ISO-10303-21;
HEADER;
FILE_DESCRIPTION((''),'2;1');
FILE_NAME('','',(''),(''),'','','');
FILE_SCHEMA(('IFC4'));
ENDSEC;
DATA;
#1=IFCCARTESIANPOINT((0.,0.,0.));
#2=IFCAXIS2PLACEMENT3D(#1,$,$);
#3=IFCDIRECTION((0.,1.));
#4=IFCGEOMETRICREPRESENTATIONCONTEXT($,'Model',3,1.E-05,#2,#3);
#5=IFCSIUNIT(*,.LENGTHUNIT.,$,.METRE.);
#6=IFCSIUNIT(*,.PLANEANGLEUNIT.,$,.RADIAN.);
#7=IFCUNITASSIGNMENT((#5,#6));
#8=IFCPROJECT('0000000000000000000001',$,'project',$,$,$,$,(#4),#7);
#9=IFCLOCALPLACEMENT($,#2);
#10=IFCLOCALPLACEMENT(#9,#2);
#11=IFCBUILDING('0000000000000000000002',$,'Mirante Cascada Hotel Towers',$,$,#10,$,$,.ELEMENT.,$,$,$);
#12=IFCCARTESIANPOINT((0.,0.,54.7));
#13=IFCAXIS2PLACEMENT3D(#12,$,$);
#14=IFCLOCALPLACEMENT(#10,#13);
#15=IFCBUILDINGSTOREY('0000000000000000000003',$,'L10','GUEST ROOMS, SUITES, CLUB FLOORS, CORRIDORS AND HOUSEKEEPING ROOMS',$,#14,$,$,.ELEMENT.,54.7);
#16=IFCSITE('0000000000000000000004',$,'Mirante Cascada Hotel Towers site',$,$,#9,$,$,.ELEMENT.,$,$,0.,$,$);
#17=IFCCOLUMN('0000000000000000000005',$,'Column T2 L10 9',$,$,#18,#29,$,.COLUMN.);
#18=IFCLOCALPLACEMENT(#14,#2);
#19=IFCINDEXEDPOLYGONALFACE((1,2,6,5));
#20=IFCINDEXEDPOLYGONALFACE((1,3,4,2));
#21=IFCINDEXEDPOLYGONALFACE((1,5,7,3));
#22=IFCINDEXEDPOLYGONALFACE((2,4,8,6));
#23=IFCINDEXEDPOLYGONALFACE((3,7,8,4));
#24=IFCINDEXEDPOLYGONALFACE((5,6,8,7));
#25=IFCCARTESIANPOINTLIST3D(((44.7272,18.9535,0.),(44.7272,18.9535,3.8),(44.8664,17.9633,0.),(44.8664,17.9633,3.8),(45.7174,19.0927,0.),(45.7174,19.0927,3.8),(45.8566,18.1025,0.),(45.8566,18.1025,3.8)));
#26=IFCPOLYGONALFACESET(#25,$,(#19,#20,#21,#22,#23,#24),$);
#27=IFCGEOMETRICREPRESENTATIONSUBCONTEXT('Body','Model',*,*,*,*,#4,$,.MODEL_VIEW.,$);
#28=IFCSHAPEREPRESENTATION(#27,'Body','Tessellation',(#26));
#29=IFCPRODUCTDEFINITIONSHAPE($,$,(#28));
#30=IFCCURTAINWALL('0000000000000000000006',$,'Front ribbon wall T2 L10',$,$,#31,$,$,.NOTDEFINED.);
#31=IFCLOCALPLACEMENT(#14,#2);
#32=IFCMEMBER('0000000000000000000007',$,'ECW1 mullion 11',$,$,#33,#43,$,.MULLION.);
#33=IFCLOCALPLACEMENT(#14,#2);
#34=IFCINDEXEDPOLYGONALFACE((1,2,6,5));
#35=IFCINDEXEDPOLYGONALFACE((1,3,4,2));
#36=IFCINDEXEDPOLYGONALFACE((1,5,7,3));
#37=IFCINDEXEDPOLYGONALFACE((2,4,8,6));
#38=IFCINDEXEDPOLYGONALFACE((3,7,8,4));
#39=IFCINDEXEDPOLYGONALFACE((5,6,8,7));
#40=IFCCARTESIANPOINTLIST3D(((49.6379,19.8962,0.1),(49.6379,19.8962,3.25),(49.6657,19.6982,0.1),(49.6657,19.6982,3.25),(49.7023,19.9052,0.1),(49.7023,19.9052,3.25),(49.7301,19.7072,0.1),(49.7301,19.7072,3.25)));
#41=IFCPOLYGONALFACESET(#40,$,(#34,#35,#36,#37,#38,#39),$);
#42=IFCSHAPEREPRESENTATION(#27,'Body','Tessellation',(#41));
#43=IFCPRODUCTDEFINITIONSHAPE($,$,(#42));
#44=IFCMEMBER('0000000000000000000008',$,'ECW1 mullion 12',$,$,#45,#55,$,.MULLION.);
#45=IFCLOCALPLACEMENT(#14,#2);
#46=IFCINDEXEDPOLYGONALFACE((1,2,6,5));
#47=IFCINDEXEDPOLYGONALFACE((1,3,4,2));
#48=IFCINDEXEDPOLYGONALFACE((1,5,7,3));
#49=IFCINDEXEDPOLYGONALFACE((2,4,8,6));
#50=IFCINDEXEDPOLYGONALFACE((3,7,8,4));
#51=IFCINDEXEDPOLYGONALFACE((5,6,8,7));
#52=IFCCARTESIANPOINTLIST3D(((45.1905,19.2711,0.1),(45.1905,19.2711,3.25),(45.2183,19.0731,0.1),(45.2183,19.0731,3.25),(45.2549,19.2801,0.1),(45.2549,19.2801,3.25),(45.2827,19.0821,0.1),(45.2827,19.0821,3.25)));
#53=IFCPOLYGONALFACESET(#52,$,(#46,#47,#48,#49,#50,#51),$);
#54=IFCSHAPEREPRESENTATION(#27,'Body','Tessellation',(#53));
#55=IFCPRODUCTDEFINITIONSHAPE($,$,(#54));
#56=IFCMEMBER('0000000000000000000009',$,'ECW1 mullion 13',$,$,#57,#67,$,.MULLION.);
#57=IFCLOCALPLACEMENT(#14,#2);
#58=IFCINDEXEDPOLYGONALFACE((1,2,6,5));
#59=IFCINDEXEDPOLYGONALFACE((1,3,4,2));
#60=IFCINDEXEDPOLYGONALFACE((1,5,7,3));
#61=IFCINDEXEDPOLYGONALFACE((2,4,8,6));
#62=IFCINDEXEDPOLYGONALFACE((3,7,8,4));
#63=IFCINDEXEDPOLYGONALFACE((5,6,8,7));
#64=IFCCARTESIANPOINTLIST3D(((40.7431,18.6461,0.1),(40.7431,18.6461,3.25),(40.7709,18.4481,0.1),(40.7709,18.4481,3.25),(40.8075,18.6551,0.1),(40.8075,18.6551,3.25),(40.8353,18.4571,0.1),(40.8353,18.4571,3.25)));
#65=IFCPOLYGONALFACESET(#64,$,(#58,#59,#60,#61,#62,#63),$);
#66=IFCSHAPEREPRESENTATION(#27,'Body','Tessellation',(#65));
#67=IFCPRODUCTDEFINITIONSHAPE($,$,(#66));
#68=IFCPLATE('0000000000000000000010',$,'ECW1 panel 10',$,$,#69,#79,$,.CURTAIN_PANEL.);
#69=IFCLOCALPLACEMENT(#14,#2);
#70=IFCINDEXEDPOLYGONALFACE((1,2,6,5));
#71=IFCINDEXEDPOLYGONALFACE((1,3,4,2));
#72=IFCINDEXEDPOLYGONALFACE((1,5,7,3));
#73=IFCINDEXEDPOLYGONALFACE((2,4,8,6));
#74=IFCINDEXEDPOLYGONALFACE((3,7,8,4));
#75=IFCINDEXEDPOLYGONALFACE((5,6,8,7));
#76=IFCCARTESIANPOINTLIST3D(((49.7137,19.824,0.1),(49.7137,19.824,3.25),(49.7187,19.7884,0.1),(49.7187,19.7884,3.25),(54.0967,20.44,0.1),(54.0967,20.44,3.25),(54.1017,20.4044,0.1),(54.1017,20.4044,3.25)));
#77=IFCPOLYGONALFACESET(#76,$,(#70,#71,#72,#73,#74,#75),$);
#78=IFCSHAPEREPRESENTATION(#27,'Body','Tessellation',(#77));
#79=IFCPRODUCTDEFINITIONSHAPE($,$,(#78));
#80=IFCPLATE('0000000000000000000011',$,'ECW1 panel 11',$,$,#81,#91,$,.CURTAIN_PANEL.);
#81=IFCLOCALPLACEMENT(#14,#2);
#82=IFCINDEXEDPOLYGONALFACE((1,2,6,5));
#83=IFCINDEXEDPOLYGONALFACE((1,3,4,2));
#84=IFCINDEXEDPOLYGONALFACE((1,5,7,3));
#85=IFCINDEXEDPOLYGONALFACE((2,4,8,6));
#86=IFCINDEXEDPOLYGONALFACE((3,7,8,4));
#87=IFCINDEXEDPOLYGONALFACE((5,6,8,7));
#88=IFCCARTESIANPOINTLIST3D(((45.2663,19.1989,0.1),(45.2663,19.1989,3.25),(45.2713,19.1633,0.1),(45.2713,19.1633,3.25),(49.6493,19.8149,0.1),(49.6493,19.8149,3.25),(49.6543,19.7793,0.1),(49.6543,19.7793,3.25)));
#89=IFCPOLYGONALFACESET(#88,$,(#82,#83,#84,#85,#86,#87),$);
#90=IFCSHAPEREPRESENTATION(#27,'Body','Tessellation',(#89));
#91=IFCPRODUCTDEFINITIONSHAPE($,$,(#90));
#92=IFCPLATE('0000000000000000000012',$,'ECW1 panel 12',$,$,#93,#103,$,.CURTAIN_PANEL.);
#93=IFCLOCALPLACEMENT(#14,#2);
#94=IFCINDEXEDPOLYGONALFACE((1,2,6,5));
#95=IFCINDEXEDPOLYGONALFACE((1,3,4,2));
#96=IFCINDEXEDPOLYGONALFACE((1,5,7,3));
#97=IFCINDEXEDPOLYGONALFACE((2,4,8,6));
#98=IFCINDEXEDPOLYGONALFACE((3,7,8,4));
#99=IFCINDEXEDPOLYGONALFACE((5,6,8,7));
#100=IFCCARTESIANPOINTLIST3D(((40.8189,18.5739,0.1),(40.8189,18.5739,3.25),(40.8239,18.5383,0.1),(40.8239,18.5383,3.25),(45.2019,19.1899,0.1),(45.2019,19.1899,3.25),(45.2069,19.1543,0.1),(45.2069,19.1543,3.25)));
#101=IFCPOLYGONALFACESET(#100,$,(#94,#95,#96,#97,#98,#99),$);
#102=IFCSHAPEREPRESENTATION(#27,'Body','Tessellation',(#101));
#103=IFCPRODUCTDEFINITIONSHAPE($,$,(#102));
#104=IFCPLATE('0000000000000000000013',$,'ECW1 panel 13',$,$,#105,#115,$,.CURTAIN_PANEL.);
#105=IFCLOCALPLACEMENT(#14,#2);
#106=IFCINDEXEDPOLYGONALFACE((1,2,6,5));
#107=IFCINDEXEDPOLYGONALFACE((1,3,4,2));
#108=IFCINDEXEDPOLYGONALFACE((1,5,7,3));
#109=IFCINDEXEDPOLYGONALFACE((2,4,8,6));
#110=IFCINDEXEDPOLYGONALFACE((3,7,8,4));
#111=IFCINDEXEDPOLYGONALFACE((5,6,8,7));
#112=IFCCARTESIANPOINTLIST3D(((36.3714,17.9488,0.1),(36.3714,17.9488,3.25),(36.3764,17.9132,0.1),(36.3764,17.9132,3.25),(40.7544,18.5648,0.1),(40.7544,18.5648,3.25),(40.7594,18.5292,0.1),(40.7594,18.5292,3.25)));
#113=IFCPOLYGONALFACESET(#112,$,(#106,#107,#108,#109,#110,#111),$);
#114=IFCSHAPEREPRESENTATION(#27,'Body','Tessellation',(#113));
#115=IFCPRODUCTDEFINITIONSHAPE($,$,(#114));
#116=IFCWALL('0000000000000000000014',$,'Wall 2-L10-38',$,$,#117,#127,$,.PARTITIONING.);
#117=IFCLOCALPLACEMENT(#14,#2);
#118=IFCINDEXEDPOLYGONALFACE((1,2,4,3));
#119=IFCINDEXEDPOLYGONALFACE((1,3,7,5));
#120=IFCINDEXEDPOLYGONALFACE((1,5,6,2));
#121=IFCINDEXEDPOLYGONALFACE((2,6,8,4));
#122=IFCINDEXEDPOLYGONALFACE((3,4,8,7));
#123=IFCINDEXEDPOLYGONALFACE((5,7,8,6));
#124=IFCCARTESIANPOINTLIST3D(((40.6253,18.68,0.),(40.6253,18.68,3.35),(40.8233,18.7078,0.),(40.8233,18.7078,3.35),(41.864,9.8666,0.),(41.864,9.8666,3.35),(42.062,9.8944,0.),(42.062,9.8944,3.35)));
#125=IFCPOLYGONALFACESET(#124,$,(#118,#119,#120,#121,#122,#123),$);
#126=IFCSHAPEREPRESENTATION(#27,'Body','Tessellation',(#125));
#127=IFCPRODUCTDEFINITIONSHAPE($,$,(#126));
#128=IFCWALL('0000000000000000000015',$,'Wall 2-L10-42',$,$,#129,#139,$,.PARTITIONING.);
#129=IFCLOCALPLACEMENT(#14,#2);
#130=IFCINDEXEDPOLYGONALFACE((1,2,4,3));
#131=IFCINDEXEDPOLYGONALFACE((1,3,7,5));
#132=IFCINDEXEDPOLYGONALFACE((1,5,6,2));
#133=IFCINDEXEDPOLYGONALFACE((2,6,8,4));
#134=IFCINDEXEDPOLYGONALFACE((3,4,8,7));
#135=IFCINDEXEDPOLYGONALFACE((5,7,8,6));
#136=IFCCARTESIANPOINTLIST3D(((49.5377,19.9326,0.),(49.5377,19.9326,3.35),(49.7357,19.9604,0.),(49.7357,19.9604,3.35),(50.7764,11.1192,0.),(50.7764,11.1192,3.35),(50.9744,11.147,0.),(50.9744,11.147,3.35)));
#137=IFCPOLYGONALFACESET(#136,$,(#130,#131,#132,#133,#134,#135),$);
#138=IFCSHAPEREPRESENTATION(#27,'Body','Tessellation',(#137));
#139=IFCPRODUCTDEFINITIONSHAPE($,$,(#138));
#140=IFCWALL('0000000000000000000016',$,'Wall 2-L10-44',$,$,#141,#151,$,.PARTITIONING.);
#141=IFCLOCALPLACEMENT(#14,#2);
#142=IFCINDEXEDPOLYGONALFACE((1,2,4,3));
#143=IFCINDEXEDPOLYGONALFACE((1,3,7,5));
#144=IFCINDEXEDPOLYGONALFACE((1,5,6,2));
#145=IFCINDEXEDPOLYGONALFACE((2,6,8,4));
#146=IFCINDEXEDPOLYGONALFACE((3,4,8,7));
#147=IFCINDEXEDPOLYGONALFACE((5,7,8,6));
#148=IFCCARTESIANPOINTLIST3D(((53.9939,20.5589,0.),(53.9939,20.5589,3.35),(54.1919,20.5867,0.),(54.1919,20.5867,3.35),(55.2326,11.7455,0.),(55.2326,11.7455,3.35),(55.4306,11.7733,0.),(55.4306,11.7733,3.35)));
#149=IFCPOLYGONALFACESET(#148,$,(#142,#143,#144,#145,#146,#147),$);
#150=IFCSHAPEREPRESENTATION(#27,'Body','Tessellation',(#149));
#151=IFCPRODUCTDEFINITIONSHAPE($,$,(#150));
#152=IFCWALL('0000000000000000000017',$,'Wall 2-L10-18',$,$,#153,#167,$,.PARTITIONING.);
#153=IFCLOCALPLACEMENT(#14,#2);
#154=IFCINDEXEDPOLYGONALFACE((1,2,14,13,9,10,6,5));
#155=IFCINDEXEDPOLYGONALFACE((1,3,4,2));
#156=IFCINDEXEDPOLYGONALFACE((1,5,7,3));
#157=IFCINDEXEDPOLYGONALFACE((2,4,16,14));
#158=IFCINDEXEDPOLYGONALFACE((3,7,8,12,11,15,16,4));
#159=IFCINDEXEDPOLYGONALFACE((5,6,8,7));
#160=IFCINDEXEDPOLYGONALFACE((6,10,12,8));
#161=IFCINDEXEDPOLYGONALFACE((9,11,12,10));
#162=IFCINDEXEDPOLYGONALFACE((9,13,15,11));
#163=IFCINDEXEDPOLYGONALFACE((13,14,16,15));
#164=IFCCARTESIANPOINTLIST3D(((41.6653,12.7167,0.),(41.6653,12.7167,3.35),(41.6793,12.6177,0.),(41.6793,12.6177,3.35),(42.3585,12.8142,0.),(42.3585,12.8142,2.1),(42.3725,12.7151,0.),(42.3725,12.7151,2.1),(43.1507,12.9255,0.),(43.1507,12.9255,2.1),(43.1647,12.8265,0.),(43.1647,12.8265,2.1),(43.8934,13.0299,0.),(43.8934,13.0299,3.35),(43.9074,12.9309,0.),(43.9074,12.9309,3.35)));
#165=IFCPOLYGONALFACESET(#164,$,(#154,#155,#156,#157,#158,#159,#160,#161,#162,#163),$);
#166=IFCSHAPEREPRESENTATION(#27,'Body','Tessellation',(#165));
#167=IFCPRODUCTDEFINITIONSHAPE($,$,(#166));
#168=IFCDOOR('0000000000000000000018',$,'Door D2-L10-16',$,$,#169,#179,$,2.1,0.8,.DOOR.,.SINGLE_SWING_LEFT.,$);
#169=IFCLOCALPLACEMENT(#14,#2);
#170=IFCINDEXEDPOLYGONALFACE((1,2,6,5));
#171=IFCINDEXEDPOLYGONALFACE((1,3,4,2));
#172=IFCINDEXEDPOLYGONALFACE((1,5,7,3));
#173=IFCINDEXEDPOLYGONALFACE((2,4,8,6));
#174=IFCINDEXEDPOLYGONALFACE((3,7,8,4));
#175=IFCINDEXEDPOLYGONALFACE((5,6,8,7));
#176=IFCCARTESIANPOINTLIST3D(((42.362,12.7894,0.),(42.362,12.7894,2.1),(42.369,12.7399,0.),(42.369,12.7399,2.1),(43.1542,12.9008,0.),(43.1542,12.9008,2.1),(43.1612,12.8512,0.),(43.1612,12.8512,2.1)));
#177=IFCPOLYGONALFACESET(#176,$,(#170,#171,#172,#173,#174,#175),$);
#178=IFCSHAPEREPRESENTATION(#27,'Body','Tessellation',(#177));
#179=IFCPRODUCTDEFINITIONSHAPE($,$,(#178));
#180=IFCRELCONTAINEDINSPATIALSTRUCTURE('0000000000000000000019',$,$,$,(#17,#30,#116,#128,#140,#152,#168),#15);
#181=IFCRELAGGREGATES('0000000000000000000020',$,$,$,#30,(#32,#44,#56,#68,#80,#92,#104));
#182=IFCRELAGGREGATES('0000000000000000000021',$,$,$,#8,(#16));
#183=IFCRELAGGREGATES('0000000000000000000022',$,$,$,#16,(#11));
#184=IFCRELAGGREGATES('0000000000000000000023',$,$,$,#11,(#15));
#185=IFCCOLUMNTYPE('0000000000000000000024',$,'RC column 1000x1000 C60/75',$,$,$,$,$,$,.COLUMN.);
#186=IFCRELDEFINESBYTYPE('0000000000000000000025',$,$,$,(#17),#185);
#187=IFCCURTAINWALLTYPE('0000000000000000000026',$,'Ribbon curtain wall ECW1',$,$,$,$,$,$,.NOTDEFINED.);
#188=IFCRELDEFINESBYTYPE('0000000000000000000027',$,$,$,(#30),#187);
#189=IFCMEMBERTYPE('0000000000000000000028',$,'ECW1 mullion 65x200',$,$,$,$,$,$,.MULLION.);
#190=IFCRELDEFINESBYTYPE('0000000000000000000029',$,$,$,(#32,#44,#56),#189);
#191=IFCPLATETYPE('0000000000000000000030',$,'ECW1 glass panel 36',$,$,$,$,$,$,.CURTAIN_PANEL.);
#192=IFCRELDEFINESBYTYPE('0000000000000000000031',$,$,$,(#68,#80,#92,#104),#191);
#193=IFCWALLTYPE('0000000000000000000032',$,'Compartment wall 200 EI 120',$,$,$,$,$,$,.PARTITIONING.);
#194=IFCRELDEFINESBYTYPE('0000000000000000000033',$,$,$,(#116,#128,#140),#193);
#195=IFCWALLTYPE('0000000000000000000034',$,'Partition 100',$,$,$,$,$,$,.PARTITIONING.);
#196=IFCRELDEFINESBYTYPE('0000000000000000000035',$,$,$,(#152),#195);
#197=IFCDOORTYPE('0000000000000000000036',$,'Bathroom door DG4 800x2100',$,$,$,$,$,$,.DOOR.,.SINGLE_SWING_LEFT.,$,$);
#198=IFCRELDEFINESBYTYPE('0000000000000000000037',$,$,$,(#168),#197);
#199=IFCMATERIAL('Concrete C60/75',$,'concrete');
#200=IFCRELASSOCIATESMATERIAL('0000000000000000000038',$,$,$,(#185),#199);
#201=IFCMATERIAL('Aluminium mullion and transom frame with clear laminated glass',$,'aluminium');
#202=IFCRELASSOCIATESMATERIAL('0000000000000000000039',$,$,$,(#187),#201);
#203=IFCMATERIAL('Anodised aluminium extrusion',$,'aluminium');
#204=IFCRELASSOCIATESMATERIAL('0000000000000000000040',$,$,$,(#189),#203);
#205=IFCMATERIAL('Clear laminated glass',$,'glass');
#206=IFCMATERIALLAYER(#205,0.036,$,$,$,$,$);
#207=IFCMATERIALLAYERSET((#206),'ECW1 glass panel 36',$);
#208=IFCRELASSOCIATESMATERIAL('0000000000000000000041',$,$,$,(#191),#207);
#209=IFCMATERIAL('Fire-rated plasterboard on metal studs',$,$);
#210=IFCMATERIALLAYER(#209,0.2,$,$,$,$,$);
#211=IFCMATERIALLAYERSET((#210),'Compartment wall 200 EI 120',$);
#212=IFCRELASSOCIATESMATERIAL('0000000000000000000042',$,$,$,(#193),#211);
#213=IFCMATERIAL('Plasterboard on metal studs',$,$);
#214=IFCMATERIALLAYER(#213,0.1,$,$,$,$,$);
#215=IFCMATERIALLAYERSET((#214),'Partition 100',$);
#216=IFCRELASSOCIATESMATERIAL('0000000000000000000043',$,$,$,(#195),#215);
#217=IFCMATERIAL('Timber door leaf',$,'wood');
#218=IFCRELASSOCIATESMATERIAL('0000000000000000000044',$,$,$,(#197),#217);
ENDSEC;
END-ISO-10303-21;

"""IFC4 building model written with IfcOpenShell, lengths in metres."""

from ifc_helpers import new_model, si_unit, direction, frame, frame_2d, origin, origin_2d, place, context, subcontext, project, spatial, rectangle, extrude, material, layer, layer_set, material_profile, profile_set, type_object, element, fill, aggregate, save


model = new_model("IFC4")

# Units and contexts
model_context = context("Model", 3, precision=1e-05, world=origin(), true_north=direction((0.0, 1.0)))
body_context = subcontext(model_context, "Body", "Model", "MODEL_VIEW")
ifc_project = project(units=[si_unit("LENGTHUNIT", "METRE"), si_unit("PLANEANGLEUNIT", "RADIAN")], contexts=[model_context])

# Site, building, storey
site_placement = place(None, origin())
site = spatial("IfcSite", under=ifc_project, at=site_placement, Name="Mirante Cascada Hotel Towers site", CompositionType="ELEMENT", RefElevation=0.0)
building_placement = place(site_placement, origin())
building = spatial("IfcBuilding", under=site, at=building_placement, Name="Mirante Cascada Hotel Towers", CompositionType="ELEMENT")
storey_placement = place(building_placement, frame((0.0, 0.0, 54.7)))
storey = spatial("IfcBuildingStorey", under=building, at=storey_placement, Name="L10", Description="GUEST ROOMS, SUITES, CLUB FLOORS, CORRIDORS AND HOUSEKEEPING ROOMS", CompositionType="ELEMENT", Elevation=54.7)

# Column
ifc_material_1 = material(Name="Concrete C60/75", Category="concrete")
ifc_material_profile_1 = material_profile(ifc_material_1, rectangle(XDim=1.0, YDim=1.0, at=origin_2d()), Name="RC column 1000x1000 C60/75")
ifc_profile_set_1 = profile_set([ifc_material_profile_1], Name="Concrete C60/75")
column_type = type_object("IfcColumnType", Name="RC column 1000x1000 C60/75", PredefinedType="COLUMN", material=ifc_profile_set_1)
column_placement = place(storey_placement, frame((45.2919, 18.528, 0.0), z_axis=(0.0, 0.0, 1.0), x_axis=(0.990268, 0.139173, 0.0)))
element("IfcColumn", 1, at=column_placement, inside=storey, type_object=column_type, Name="Column T2 L10 9", PredefinedType="COLUMN", context=body_context, shape_type="SweptSolid", body=[
    extrude(rectangle(XDim=1.0, YDim=1.0, at=origin_2d()), origin(), (0.0, 0.0, 1.0), 3.8),
])

# Curtain wall, members, plates
ifc_material_2 = material(Name="Aluminium mullion and transom frame with clear laminated glass", Category="aluminium")
curtain_wall_type = type_object("IfcCurtainWallType", Name="Ribbon curtain wall ECW1", PredefinedType="NOTDEFINED", material=ifc_material_2)
curtain_wall_placement = place(storey_placement, origin())
curtain_wall = element("IfcCurtainWall", 2, at=curtain_wall_placement, inside=storey, type_object=curtain_wall_type, Name="Front ribbon wall T2 L10", PredefinedType="NOTDEFINED")
ifc_material_3 = material(Name="Anodised aluminium extrusion", Category="aluminium")
ifc_material_profile_2 = material_profile(ifc_material_3, rectangle(XDim=0.2, YDim=0.065, at=origin_2d()), Name="ECW1 MULLION 65x200")
ifc_profile_set_2 = profile_set([ifc_material_profile_2], Name="Anodised aluminium extrusion")
member_type = type_object("IfcMemberType", Name="ECW1 mullion 65x200", PredefinedType="MULLION", material=ifc_profile_set_2)
member_1_placement = place(storey_placement, frame((49.684, 19.8017, 0.1), z_axis=(0.0, 0.0, 1.0), x_axis=(0.139173, -0.990268, 0.0)))
member_1 = element("IfcMember", 3, at=member_1_placement, type_object=member_type, Name="ECW1 mullion 11", PredefinedType="MULLION", context=body_context, shape_type="SweptSolid", body=[
    extrude(rectangle(XDim=0.2, YDim=0.065, at=origin_2d()), origin(), (0.0, 0.0, 1.0), 3.15),
])
member_2_placement = place(storey_placement, frame((45.2366, 19.1766, 0.1), z_axis=(0.0, 0.0, 1.0), x_axis=(0.139173, -0.990268, 0.0)))
member_2 = element("IfcMember", 4, at=member_2_placement, type_object=member_type, Name="ECW1 mullion 12", PredefinedType="MULLION", context=body_context, shape_type="SweptSolid", body=[
    extrude(rectangle(XDim=0.2, YDim=0.065, at=origin_2d()), origin(), (0.0, 0.0, 1.0), 3.15),
])
member_3_placement = place(storey_placement, frame((40.7892, 18.5516, 0.1), z_axis=(0.0, 0.0, 1.0), x_axis=(0.139173, -0.990268, 0.0)))
member_3 = element("IfcMember", 5, at=member_3_placement, type_object=member_type, Name="ECW1 mullion 13", PredefinedType="MULLION", context=body_context, shape_type="SweptSolid", body=[
    extrude(rectangle(XDim=0.2, YDim=0.065, at=origin_2d()), origin(), (0.0, 0.0, 1.0), 3.15),
])
ifc_material_4 = material(Name="Clear laminated glass", Category="glass")
ifc_layer_1 = layer(ifc_material_4, 0.036)
ifc_layer_set_1 = layer_set([ifc_layer_1], Name="ECW1 glass panel 36")
plate_type = type_object("IfcPlateType", Name="ECW1 glass panel 36", PredefinedType="CURTAIN_PANEL", material=ifc_layer_set_1)
plate_1_placement = place(storey_placement, frame((51.9077, 20.1142, 0.1), z_axis=(0.0, 0.0, 1.0), x_axis=(-0.990268, -0.139173, 0.0)))
plate_1 = element("IfcPlate", 6, at=plate_1_placement, type_object=plate_type, Name="ECW1 panel 10", PredefinedType="CURTAIN_PANEL", context=body_context, shape_type="SweptSolid", body=[
    extrude(rectangle(XDim=4.4261, YDim=0.036, at=origin_2d()), origin(), (0.0, 0.0, 1.0), 3.15),
])
plate_2_placement = place(storey_placement, frame((47.4603, 19.4891, 0.1), z_axis=(0.0, 0.0, 1.0), x_axis=(-0.990268, -0.139173, 0.0)))
plate_2 = element("IfcPlate", 7, at=plate_2_placement, type_object=plate_type, Name="ECW1 panel 11", PredefinedType="CURTAIN_PANEL", context=body_context, shape_type="SweptSolid", body=[
    extrude(rectangle(XDim=4.4261, YDim=0.036, at=origin_2d()), origin(), (0.0, 0.0, 1.0), 3.15),
])
plate_3_placement = place(storey_placement, frame((43.0129, 18.8641, 0.1), z_axis=(0.0, 0.0, 1.0), x_axis=(-0.990268, -0.139173, 0.0)))
plate_3 = element("IfcPlate", 8, at=plate_3_placement, type_object=plate_type, Name="ECW1 panel 12", PredefinedType="CURTAIN_PANEL", context=body_context, shape_type="SweptSolid", body=[
    extrude(rectangle(XDim=4.4261, YDim=0.036, at=origin_2d()), origin(), (0.0, 0.0, 1.0), 3.15),
])
plate_4_placement = place(storey_placement, frame((38.5654, 18.239, 0.1), z_axis=(0.0, 0.0, 1.0), x_axis=(-0.990268, -0.139173, 0.0)))
plate_4 = element("IfcPlate", 9, at=plate_4_placement, type_object=plate_type, Name="ECW1 panel 13", PredefinedType="CURTAIN_PANEL", context=body_context, shape_type="SweptSolid", body=[
    extrude(rectangle(XDim=4.4261, YDim=0.036, at=origin_2d()), origin(), (0.0, 0.0, 1.0), 3.15),
])
aggregate(curtain_wall, [member_1, member_2, member_3, plate_1, plate_2, plate_3, plate_4])

# Walls
ifc_material_5 = material(Name="Fire-rated plasterboard on metal studs")
ifc_layer_2 = layer(ifc_material_5, 0.2)
ifc_layer_set_2 = layer_set([ifc_layer_2], Name="Compartment wall 200 EI 120")
wall_type_1 = type_object("IfcWallType", Name="Compartment wall 200 EI 120", PredefinedType="PARTITIONING", material=ifc_layer_set_2)
for number, where, z_axis, x_axis, name in (
    (10, (40.7243, 18.6939, 0.0), (0.0, 0.0, 1.0), (0.139179, -0.990267, 0.0), "Wall 2-L10-38"),
    (11, (49.6367, 19.9465, 0.0), (0.0, 0.0, 1.0), (0.139179, -0.990267, 0.0), "Wall 2-L10-42"),
    (12, (54.0929, 20.5728, 0.0), (0.0, 0.0, 1.0), (0.139179, -0.990267, 0.0), "Wall 2-L10-44"),
):
    element("IfcWall", number, at=place(storey_placement, frame(where, z_axis=z_axis, x_axis=x_axis)), inside=storey, type_object=wall_type_1, Name=name, PredefinedType="PARTITIONING", context=body_context, shape_type="SweptSolid", body=[
        extrude(rectangle(XDim=8.9, YDim=0.2, at=frame_2d((4.45, 0.0))), origin(), (0.0, 0.0, 1.0), 3.35),
    ])

# Wall, opening, door
ifc_material_6 = material(Name="Plasterboard on metal studs")
ifc_layer_3 = layer(ifc_material_6, 0.1)
ifc_layer_set_3 = layer_set([ifc_layer_3], Name="Partition 100")
wall_type_2 = type_object("IfcWallType", Name="Partition 100", PredefinedType="PARTITIONING", material=ifc_layer_set_3)
wall_1_placement = place(storey_placement, frame((43.9004, 12.9804, 0.0), z_axis=(0.0, 0.0, 1.0), x_axis=(-0.990264, -0.1392, 0.0)))
wall_1 = element("IfcWall", 13, at=wall_1_placement, inside=storey, type_object=wall_type_2, Name="Wall 2-L10-18", PredefinedType="PARTITIONING", context=body_context, shape_type="SweptSolid", body=[
    extrude(rectangle(XDim=2.25, YDim=0.1, at=frame_2d((1.125, 0.0))), origin(), (0.0, 0.0, 1.0), 3.35),
])
opening_1_placement = place(wall_1_placement, frame((0.75, 0.0, 0.0)))
opening_1 = element("IfcOpeningElement", 14, at=opening_1_placement, cuts=wall_1, PredefinedType="OPENING", context=body_context, shape_type="SweptSolid", body=[
    extrude(rectangle(XDim=0.8, YDim=2.1, at=frame_2d((0.4, 1.05))), frame((0.0, 0.05, 0.0), z_axis=(0.0, -1.0, 0.0), x_axis=(1.0, 0.0, 0.0)), (0.0, 0.0, 1.0), 0.1),
])
ifc_material_7 = material(Name="Timber door leaf", Category="wood")
door_type = type_object("IfcDoorType", Name="Bathroom door DG4 800x2100", OperationType="SINGLE_SWING_LEFT", PredefinedType="DOOR", material=ifc_material_7)
door_1_placement = place(opening_1_placement, origin())
door_1 = element("IfcDoor", 15, at=door_1_placement, inside=storey, type_object=door_type, Name="Door D2-L10-16", OperationType="SINGLE_SWING_LEFT", OverallHeight=2.1, OverallWidth=0.8, PredefinedType="DOOR", context=body_context, shape_type="SweptSolid", body=[
    extrude(rectangle(XDim=0.8, YDim=2.1, at=frame_2d((0.4, 1.05))), frame((0.0, 0.025, 0.0), z_axis=(0.0, -1.0, 0.0), x_axis=(1.0, 0.0, 0.0)), (0.0, 0.0, 1.0), 0.05),
])
fill(opening_1, door_1)

save(model, "model.ifc")
